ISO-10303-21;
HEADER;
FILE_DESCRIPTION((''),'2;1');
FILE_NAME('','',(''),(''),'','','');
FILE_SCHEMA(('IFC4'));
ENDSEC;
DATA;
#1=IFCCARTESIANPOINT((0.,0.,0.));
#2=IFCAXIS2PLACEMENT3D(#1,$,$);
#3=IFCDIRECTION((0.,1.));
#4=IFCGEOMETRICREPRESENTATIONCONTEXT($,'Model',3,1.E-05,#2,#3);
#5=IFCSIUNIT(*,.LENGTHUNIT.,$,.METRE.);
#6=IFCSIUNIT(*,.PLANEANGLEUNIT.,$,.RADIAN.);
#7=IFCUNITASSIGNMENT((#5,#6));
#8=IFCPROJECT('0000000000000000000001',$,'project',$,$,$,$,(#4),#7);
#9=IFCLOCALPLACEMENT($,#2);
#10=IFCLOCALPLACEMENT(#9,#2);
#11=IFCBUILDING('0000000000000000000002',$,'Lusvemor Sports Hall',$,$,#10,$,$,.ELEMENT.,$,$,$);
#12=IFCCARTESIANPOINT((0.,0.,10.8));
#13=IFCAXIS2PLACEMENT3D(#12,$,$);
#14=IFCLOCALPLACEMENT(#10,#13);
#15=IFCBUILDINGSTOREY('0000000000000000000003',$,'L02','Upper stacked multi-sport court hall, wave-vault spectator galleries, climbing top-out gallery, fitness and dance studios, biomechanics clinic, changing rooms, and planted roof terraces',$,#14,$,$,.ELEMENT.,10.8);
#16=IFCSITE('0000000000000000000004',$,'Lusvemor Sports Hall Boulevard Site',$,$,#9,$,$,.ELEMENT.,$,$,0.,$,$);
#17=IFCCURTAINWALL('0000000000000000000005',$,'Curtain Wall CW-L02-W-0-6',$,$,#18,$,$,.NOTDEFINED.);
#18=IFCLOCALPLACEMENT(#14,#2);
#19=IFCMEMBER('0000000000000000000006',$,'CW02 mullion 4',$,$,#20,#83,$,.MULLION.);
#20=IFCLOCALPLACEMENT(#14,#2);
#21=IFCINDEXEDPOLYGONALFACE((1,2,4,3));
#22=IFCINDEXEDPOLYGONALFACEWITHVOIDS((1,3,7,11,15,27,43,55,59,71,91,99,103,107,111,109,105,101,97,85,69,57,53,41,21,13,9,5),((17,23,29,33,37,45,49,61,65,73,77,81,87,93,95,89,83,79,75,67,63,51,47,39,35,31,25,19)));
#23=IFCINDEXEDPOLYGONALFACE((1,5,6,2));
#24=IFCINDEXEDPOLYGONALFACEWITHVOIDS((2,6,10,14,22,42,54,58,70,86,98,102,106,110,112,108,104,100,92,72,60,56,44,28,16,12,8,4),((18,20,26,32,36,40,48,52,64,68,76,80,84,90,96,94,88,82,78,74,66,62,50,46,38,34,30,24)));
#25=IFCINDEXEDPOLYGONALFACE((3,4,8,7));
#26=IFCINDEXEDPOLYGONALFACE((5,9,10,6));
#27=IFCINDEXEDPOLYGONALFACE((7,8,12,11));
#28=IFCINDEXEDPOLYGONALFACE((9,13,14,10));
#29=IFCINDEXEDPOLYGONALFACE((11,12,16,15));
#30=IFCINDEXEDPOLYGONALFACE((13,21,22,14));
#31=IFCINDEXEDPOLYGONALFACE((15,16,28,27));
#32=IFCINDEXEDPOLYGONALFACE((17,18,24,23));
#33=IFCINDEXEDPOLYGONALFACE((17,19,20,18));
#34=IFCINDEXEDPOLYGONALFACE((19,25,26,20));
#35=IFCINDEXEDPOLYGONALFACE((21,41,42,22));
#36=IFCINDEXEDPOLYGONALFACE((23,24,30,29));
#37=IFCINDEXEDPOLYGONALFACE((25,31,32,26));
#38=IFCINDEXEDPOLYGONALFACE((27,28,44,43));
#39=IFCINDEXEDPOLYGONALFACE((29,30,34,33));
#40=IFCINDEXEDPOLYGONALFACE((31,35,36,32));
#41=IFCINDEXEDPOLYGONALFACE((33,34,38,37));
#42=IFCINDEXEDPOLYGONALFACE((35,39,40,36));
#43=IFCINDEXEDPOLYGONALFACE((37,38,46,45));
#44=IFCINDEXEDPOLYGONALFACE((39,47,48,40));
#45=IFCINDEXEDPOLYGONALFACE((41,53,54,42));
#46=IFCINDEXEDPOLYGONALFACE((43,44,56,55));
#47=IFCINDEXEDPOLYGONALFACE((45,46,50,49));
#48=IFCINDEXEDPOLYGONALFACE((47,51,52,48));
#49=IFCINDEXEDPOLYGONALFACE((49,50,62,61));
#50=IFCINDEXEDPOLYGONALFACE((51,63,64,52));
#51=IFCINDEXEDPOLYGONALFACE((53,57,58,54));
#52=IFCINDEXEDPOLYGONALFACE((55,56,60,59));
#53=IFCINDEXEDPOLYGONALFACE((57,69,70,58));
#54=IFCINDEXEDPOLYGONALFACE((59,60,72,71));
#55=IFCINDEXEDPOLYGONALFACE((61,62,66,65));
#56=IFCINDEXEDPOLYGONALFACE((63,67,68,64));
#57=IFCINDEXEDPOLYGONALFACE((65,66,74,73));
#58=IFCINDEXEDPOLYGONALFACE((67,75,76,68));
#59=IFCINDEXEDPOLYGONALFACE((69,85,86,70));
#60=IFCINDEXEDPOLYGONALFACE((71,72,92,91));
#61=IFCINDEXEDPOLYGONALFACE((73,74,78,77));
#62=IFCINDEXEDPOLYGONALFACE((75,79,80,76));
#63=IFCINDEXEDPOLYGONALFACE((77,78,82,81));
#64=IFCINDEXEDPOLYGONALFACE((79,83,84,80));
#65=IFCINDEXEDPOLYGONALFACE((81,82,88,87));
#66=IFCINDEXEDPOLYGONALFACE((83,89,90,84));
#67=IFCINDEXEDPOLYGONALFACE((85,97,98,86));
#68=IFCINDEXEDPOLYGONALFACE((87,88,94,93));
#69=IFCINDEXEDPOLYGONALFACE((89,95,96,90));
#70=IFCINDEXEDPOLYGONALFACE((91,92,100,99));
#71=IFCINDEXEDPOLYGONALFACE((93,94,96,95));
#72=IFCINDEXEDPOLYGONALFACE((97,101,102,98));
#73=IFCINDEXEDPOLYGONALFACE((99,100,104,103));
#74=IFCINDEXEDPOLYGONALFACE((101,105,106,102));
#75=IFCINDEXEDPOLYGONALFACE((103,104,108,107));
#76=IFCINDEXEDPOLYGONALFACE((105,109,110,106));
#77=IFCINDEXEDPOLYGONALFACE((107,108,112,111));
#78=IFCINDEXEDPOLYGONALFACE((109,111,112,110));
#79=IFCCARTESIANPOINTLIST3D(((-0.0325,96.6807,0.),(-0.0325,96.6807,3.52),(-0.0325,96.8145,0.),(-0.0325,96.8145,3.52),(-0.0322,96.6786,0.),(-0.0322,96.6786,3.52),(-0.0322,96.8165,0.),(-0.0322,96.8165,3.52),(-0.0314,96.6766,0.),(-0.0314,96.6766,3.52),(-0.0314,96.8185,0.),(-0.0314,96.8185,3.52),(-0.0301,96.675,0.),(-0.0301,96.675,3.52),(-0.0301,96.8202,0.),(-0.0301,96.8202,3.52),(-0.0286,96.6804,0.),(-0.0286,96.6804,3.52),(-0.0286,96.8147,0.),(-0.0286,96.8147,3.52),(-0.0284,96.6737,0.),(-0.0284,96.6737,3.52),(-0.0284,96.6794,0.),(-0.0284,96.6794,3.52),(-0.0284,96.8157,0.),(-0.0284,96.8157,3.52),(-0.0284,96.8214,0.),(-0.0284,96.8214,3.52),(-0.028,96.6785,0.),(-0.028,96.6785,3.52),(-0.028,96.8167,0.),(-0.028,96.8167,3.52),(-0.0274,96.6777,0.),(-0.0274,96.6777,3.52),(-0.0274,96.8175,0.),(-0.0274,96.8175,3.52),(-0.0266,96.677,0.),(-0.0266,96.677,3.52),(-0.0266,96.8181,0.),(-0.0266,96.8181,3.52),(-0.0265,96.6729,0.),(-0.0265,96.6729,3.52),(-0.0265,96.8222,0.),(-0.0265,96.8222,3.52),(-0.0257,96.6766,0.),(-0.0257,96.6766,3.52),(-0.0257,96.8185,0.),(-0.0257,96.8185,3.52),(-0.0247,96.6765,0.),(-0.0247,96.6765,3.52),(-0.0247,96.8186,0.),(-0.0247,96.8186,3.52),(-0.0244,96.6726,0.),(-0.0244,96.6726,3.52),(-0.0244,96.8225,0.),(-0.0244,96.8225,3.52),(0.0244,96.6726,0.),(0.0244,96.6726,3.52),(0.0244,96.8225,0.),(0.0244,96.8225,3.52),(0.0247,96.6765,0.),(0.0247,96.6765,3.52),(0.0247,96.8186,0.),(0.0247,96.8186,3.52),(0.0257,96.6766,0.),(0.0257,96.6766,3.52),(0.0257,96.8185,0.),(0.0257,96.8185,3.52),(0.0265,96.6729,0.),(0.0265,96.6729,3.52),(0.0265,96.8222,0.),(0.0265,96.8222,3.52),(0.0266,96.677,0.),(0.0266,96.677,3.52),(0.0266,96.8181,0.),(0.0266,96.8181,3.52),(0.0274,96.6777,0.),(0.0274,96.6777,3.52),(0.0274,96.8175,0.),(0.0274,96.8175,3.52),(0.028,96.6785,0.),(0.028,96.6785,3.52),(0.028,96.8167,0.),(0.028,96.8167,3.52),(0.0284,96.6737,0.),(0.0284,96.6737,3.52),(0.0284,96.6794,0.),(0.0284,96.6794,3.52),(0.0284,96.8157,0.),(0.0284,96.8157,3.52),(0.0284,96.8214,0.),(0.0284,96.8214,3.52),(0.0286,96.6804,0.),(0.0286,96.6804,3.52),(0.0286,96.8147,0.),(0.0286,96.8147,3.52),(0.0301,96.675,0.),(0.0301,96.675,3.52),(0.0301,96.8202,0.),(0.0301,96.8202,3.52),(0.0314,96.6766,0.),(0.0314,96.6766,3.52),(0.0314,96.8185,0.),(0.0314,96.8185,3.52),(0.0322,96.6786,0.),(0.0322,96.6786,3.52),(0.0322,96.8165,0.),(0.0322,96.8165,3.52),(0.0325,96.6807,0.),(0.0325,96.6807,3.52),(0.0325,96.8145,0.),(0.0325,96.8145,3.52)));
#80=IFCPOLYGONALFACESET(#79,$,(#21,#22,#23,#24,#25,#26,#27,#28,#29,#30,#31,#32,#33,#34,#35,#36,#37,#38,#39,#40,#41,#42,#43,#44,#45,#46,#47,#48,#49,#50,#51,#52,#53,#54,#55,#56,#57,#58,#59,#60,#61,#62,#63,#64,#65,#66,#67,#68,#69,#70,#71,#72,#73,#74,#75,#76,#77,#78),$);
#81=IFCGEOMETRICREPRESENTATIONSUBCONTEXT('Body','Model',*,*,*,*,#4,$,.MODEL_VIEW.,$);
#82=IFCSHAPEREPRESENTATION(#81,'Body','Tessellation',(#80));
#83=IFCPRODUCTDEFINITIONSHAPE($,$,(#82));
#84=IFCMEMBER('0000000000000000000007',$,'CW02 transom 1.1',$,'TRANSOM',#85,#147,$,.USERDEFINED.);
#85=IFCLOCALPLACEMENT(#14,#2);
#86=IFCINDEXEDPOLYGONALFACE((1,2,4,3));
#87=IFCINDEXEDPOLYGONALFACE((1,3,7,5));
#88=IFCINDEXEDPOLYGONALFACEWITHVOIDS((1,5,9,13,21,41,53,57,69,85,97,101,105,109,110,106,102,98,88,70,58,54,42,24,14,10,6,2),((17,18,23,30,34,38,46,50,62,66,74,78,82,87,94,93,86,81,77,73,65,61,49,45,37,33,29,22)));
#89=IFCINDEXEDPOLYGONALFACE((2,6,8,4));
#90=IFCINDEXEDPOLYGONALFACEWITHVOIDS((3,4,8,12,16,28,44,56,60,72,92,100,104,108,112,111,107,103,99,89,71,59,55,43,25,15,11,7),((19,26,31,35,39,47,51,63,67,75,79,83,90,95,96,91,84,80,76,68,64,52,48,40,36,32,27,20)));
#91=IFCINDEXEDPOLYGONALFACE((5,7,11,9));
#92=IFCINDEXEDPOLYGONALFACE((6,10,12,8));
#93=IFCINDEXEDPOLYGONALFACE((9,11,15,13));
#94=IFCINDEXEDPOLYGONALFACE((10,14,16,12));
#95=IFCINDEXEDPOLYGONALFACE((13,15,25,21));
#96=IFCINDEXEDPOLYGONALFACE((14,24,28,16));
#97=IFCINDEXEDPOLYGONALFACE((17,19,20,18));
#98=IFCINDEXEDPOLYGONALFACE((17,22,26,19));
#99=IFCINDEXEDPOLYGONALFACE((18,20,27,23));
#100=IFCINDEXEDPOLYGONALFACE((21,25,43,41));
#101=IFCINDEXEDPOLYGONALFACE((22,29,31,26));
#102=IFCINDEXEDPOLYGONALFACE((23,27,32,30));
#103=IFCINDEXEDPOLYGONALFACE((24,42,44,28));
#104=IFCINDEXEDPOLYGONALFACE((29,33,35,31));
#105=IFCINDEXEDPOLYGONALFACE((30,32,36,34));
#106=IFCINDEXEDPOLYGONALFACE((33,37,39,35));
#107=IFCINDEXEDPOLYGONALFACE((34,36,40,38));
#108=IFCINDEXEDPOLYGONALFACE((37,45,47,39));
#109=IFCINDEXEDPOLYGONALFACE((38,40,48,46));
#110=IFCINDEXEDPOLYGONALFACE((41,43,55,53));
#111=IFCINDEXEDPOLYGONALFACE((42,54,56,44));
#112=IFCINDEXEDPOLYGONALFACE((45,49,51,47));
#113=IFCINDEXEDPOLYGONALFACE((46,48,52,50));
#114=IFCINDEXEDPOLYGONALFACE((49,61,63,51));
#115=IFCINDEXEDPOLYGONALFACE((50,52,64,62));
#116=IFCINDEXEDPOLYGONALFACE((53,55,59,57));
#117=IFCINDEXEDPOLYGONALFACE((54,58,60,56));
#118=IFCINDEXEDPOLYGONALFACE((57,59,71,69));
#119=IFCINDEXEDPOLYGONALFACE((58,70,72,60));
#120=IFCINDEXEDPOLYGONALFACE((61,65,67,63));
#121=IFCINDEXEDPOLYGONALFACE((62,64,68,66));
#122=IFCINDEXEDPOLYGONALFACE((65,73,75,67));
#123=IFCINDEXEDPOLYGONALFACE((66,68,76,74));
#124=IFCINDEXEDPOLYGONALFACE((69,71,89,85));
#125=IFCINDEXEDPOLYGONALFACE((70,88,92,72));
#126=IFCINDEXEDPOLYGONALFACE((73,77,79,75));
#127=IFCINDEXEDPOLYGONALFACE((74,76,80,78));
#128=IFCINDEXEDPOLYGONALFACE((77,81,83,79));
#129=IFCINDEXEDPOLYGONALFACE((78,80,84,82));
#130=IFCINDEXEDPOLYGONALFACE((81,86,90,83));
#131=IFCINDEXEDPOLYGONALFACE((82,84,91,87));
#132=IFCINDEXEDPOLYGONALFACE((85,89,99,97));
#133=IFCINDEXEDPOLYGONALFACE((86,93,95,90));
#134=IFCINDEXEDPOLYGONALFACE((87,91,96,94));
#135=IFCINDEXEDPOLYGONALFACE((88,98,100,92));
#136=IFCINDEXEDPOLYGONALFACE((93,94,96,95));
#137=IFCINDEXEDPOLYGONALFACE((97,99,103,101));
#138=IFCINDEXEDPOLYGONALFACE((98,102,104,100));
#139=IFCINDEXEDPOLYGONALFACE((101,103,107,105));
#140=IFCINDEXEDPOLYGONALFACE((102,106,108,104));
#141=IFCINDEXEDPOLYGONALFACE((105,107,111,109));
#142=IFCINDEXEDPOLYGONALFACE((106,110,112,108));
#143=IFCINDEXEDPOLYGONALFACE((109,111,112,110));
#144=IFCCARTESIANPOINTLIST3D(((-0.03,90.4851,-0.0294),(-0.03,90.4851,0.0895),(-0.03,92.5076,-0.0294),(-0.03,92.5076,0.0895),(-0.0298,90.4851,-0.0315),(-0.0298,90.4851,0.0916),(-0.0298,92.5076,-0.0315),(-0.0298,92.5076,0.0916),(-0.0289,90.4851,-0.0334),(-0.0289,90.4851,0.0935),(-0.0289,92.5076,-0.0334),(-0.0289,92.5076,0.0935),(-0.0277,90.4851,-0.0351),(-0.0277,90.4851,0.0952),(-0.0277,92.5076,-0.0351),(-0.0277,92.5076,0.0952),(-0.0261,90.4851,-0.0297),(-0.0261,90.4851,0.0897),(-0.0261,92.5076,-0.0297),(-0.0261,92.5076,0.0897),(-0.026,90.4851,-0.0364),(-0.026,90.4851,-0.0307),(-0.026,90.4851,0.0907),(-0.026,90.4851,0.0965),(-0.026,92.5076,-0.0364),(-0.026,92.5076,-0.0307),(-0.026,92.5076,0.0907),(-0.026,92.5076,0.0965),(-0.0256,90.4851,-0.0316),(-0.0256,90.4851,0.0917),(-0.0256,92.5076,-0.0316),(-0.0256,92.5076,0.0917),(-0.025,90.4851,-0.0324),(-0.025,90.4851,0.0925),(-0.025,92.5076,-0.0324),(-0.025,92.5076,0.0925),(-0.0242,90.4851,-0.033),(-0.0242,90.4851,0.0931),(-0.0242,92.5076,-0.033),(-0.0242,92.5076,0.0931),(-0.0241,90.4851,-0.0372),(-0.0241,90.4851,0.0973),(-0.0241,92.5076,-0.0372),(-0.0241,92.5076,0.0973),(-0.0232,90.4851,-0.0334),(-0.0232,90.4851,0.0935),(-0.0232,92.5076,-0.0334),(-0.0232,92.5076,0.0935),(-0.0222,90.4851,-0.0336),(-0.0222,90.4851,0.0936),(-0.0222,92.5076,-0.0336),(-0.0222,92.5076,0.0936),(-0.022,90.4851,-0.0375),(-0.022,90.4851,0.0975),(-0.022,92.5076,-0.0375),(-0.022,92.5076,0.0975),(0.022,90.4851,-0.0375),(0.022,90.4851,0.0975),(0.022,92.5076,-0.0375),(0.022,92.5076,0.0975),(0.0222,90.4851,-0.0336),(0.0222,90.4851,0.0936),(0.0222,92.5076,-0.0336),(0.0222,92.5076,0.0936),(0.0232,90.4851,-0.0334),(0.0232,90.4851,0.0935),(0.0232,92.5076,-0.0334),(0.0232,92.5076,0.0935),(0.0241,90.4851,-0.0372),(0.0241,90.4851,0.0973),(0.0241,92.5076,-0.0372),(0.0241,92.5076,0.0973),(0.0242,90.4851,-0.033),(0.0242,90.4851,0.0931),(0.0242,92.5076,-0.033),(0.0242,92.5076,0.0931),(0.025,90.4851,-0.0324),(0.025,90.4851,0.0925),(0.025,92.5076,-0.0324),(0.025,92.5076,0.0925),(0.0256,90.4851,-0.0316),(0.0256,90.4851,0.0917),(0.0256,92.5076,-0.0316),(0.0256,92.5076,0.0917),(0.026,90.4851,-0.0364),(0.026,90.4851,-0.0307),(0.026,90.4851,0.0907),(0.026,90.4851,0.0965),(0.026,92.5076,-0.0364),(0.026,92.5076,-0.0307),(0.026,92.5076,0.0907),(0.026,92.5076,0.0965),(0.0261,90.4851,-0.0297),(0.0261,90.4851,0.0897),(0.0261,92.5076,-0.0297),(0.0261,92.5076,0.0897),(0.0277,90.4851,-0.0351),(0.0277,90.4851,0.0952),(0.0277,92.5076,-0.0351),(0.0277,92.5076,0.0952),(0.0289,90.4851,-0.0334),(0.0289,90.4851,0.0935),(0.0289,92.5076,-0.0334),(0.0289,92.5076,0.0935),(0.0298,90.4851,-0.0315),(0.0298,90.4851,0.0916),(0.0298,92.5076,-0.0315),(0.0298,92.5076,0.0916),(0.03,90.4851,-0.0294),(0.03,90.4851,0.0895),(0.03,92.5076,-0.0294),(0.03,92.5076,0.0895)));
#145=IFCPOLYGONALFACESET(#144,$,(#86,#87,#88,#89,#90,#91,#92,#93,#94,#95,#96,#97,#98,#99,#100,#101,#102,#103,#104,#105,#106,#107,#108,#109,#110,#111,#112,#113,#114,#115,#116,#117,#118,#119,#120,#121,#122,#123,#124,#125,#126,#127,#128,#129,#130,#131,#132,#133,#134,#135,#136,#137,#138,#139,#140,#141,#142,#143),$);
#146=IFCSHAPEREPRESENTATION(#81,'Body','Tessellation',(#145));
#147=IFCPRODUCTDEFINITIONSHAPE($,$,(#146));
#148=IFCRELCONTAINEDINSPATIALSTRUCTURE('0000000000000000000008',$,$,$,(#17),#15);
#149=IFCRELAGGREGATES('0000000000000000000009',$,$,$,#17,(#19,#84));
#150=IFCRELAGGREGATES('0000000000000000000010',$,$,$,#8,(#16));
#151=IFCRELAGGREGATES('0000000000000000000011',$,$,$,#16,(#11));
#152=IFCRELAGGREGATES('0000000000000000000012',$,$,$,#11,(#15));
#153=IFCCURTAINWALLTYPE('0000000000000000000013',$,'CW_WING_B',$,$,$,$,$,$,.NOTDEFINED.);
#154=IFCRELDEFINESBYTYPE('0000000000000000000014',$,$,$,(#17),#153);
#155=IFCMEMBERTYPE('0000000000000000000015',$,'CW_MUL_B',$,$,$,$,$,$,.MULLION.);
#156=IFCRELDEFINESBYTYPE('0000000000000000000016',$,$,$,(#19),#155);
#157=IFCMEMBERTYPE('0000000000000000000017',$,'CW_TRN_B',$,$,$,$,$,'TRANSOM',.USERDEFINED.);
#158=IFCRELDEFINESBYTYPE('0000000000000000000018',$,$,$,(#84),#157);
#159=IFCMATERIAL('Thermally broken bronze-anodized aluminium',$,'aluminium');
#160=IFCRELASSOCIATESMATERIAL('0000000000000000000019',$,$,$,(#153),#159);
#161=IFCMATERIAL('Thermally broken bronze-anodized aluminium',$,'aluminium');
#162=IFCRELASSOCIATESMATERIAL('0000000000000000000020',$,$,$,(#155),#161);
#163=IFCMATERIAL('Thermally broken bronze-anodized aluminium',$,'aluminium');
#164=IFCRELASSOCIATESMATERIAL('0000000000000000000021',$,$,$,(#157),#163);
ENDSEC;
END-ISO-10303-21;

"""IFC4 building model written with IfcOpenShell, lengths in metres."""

from ifc_helpers import new_model, si_unit, direction, frame, origin, origin_2d, place, context, subcontext, project, spatial, hollow_rectangle, extrude, material, material_profile, profile_set, type_object, element, aggregate, save


model = new_model("IFC4")

# Units and contexts
model_context = context("Model", 3, precision=1e-05, world=origin(), true_north=direction((0.0, 1.0)))
body_context = subcontext(model_context, "Body", "Model", "MODEL_VIEW")
ifc_project = project(units=[si_unit("LENGTHUNIT", "METRE"), si_unit("PLANEANGLEUNIT", "RADIAN")], contexts=[model_context])

# Site, building, storey
site_placement = place(None, origin())
site = spatial("IfcSite", under=ifc_project, at=site_placement, Name="Lusvemor Sports Hall Boulevard Site", CompositionType="ELEMENT", RefElevation=0.0)
building_placement = place(site_placement, origin())
building = spatial("IfcBuilding", under=site, at=building_placement, Name="Lusvemor Sports Hall", CompositionType="ELEMENT")
storey_placement = place(building_placement, frame((0.0, 0.0, 10.8)))
storey = spatial("IfcBuildingStorey", under=building, at=storey_placement, Name="L02", Description="Upper stacked multi-sport court hall, wave-vault spectator galleries, climbing top-out gallery, fitness and dance studios, biomechanics clinic, changing rooms, and planted roof terraces", CompositionType="ELEMENT", Elevation=10.8)

# Curtain wall, members
ifc_material_1 = material(Name="Thermally broken bronze-anodized aluminium", Category="aluminium")
curtain_wall_type = type_object("IfcCurtainWallType", Name="CW_WING_B", PredefinedType="NOTDEFINED", material=ifc_material_1)
curtain_wall_placement = place(storey_placement, origin())
curtain_wall = element("IfcCurtainWall", 1, at=curtain_wall_placement, inside=storey, type_object=curtain_wall_type, Name="Curtain Wall CW-L02-W-0-6", PredefinedType="NOTDEFINED")
ifc_material_2 = material(Name="Thermally broken bronze-anodized aluminium", Category="aluminium")
ifc_material_profile_1 = material_profile(ifc_material_2, hollow_rectangle(XDim=0.0649, YDim=0.1499, WallThickness=0.0039, InnerFilletRadius=0.0039, OuterFilletRadius=0.0081, at=origin_2d()), Name="CWMUL150x65x4")
ifc_profile_set_1 = profile_set([ifc_material_profile_1], Name="Thermally broken bronze-anodized aluminium")
member_type_1 = type_object("IfcMemberType", Name="CW_MUL_B", PredefinedType="MULLION", material=ifc_profile_set_1)
member_1_placement = place(storey_placement, frame((0.0, 96.7476, 0.0), z_axis=(0.0, 0.0, 1.0), x_axis=(-1.0, 0.0, 0.0)))
member_1 = element("IfcMember", 2, at=member_1_placement, type_object=member_type_1, Name="CW02 mullion 4", PredefinedType="MULLION", context=body_context, shape_type="SweptSolid", body=[
    extrude(hollow_rectangle(XDim=0.0649, YDim=0.1499, WallThickness=0.0039, InnerFilletRadius=0.0039, OuterFilletRadius=0.0081, at=origin_2d()), origin(), (0.0, 0.0, 1.0), 3.52),
])
ifc_material_3 = material(Name="Thermally broken bronze-anodized aluminium", Category="aluminium")
ifc_material_profile_2 = material_profile(ifc_material_3, hollow_rectangle(XDim=0.0601, YDim=0.135, WallThickness=0.0039, InnerFilletRadius=0.0039, OuterFilletRadius=0.0081, at=origin_2d()), Name="CWTRN135x60x4")
ifc_profile_set_2 = profile_set([ifc_material_profile_2], Name="Thermally broken bronze-anodized aluminium")
member_type_2 = type_object("IfcMemberType", Name="CW_TRN_B", ElementType="TRANSOM", PredefinedType="USERDEFINED", material=ifc_profile_set_2)
member_2_placement = place(storey_placement, frame((0.0, 90.4851, 0.03), z_axis=(0.0, 1.0, 0.0), x_axis=(-1.0, 0.0, 0.0)))
member_2 = element("IfcMember", 3, at=member_2_placement, type_object=member_type_2, Name="CW02 transom 1.1", ObjectType="TRANSOM", PredefinedType="USERDEFINED", context=body_context, shape_type="SweptSolid", body=[
    extrude(hollow_rectangle(XDim=0.0601, YDim=0.135, WallThickness=0.0039, InnerFilletRadius=0.0039, OuterFilletRadius=0.0081, at=origin_2d()), origin(), (0.0, 0.0, 1.0), 2.0225),
])

aggregate(curtain_wall, [member_1, member_2])

save(model, "model.ifc")
